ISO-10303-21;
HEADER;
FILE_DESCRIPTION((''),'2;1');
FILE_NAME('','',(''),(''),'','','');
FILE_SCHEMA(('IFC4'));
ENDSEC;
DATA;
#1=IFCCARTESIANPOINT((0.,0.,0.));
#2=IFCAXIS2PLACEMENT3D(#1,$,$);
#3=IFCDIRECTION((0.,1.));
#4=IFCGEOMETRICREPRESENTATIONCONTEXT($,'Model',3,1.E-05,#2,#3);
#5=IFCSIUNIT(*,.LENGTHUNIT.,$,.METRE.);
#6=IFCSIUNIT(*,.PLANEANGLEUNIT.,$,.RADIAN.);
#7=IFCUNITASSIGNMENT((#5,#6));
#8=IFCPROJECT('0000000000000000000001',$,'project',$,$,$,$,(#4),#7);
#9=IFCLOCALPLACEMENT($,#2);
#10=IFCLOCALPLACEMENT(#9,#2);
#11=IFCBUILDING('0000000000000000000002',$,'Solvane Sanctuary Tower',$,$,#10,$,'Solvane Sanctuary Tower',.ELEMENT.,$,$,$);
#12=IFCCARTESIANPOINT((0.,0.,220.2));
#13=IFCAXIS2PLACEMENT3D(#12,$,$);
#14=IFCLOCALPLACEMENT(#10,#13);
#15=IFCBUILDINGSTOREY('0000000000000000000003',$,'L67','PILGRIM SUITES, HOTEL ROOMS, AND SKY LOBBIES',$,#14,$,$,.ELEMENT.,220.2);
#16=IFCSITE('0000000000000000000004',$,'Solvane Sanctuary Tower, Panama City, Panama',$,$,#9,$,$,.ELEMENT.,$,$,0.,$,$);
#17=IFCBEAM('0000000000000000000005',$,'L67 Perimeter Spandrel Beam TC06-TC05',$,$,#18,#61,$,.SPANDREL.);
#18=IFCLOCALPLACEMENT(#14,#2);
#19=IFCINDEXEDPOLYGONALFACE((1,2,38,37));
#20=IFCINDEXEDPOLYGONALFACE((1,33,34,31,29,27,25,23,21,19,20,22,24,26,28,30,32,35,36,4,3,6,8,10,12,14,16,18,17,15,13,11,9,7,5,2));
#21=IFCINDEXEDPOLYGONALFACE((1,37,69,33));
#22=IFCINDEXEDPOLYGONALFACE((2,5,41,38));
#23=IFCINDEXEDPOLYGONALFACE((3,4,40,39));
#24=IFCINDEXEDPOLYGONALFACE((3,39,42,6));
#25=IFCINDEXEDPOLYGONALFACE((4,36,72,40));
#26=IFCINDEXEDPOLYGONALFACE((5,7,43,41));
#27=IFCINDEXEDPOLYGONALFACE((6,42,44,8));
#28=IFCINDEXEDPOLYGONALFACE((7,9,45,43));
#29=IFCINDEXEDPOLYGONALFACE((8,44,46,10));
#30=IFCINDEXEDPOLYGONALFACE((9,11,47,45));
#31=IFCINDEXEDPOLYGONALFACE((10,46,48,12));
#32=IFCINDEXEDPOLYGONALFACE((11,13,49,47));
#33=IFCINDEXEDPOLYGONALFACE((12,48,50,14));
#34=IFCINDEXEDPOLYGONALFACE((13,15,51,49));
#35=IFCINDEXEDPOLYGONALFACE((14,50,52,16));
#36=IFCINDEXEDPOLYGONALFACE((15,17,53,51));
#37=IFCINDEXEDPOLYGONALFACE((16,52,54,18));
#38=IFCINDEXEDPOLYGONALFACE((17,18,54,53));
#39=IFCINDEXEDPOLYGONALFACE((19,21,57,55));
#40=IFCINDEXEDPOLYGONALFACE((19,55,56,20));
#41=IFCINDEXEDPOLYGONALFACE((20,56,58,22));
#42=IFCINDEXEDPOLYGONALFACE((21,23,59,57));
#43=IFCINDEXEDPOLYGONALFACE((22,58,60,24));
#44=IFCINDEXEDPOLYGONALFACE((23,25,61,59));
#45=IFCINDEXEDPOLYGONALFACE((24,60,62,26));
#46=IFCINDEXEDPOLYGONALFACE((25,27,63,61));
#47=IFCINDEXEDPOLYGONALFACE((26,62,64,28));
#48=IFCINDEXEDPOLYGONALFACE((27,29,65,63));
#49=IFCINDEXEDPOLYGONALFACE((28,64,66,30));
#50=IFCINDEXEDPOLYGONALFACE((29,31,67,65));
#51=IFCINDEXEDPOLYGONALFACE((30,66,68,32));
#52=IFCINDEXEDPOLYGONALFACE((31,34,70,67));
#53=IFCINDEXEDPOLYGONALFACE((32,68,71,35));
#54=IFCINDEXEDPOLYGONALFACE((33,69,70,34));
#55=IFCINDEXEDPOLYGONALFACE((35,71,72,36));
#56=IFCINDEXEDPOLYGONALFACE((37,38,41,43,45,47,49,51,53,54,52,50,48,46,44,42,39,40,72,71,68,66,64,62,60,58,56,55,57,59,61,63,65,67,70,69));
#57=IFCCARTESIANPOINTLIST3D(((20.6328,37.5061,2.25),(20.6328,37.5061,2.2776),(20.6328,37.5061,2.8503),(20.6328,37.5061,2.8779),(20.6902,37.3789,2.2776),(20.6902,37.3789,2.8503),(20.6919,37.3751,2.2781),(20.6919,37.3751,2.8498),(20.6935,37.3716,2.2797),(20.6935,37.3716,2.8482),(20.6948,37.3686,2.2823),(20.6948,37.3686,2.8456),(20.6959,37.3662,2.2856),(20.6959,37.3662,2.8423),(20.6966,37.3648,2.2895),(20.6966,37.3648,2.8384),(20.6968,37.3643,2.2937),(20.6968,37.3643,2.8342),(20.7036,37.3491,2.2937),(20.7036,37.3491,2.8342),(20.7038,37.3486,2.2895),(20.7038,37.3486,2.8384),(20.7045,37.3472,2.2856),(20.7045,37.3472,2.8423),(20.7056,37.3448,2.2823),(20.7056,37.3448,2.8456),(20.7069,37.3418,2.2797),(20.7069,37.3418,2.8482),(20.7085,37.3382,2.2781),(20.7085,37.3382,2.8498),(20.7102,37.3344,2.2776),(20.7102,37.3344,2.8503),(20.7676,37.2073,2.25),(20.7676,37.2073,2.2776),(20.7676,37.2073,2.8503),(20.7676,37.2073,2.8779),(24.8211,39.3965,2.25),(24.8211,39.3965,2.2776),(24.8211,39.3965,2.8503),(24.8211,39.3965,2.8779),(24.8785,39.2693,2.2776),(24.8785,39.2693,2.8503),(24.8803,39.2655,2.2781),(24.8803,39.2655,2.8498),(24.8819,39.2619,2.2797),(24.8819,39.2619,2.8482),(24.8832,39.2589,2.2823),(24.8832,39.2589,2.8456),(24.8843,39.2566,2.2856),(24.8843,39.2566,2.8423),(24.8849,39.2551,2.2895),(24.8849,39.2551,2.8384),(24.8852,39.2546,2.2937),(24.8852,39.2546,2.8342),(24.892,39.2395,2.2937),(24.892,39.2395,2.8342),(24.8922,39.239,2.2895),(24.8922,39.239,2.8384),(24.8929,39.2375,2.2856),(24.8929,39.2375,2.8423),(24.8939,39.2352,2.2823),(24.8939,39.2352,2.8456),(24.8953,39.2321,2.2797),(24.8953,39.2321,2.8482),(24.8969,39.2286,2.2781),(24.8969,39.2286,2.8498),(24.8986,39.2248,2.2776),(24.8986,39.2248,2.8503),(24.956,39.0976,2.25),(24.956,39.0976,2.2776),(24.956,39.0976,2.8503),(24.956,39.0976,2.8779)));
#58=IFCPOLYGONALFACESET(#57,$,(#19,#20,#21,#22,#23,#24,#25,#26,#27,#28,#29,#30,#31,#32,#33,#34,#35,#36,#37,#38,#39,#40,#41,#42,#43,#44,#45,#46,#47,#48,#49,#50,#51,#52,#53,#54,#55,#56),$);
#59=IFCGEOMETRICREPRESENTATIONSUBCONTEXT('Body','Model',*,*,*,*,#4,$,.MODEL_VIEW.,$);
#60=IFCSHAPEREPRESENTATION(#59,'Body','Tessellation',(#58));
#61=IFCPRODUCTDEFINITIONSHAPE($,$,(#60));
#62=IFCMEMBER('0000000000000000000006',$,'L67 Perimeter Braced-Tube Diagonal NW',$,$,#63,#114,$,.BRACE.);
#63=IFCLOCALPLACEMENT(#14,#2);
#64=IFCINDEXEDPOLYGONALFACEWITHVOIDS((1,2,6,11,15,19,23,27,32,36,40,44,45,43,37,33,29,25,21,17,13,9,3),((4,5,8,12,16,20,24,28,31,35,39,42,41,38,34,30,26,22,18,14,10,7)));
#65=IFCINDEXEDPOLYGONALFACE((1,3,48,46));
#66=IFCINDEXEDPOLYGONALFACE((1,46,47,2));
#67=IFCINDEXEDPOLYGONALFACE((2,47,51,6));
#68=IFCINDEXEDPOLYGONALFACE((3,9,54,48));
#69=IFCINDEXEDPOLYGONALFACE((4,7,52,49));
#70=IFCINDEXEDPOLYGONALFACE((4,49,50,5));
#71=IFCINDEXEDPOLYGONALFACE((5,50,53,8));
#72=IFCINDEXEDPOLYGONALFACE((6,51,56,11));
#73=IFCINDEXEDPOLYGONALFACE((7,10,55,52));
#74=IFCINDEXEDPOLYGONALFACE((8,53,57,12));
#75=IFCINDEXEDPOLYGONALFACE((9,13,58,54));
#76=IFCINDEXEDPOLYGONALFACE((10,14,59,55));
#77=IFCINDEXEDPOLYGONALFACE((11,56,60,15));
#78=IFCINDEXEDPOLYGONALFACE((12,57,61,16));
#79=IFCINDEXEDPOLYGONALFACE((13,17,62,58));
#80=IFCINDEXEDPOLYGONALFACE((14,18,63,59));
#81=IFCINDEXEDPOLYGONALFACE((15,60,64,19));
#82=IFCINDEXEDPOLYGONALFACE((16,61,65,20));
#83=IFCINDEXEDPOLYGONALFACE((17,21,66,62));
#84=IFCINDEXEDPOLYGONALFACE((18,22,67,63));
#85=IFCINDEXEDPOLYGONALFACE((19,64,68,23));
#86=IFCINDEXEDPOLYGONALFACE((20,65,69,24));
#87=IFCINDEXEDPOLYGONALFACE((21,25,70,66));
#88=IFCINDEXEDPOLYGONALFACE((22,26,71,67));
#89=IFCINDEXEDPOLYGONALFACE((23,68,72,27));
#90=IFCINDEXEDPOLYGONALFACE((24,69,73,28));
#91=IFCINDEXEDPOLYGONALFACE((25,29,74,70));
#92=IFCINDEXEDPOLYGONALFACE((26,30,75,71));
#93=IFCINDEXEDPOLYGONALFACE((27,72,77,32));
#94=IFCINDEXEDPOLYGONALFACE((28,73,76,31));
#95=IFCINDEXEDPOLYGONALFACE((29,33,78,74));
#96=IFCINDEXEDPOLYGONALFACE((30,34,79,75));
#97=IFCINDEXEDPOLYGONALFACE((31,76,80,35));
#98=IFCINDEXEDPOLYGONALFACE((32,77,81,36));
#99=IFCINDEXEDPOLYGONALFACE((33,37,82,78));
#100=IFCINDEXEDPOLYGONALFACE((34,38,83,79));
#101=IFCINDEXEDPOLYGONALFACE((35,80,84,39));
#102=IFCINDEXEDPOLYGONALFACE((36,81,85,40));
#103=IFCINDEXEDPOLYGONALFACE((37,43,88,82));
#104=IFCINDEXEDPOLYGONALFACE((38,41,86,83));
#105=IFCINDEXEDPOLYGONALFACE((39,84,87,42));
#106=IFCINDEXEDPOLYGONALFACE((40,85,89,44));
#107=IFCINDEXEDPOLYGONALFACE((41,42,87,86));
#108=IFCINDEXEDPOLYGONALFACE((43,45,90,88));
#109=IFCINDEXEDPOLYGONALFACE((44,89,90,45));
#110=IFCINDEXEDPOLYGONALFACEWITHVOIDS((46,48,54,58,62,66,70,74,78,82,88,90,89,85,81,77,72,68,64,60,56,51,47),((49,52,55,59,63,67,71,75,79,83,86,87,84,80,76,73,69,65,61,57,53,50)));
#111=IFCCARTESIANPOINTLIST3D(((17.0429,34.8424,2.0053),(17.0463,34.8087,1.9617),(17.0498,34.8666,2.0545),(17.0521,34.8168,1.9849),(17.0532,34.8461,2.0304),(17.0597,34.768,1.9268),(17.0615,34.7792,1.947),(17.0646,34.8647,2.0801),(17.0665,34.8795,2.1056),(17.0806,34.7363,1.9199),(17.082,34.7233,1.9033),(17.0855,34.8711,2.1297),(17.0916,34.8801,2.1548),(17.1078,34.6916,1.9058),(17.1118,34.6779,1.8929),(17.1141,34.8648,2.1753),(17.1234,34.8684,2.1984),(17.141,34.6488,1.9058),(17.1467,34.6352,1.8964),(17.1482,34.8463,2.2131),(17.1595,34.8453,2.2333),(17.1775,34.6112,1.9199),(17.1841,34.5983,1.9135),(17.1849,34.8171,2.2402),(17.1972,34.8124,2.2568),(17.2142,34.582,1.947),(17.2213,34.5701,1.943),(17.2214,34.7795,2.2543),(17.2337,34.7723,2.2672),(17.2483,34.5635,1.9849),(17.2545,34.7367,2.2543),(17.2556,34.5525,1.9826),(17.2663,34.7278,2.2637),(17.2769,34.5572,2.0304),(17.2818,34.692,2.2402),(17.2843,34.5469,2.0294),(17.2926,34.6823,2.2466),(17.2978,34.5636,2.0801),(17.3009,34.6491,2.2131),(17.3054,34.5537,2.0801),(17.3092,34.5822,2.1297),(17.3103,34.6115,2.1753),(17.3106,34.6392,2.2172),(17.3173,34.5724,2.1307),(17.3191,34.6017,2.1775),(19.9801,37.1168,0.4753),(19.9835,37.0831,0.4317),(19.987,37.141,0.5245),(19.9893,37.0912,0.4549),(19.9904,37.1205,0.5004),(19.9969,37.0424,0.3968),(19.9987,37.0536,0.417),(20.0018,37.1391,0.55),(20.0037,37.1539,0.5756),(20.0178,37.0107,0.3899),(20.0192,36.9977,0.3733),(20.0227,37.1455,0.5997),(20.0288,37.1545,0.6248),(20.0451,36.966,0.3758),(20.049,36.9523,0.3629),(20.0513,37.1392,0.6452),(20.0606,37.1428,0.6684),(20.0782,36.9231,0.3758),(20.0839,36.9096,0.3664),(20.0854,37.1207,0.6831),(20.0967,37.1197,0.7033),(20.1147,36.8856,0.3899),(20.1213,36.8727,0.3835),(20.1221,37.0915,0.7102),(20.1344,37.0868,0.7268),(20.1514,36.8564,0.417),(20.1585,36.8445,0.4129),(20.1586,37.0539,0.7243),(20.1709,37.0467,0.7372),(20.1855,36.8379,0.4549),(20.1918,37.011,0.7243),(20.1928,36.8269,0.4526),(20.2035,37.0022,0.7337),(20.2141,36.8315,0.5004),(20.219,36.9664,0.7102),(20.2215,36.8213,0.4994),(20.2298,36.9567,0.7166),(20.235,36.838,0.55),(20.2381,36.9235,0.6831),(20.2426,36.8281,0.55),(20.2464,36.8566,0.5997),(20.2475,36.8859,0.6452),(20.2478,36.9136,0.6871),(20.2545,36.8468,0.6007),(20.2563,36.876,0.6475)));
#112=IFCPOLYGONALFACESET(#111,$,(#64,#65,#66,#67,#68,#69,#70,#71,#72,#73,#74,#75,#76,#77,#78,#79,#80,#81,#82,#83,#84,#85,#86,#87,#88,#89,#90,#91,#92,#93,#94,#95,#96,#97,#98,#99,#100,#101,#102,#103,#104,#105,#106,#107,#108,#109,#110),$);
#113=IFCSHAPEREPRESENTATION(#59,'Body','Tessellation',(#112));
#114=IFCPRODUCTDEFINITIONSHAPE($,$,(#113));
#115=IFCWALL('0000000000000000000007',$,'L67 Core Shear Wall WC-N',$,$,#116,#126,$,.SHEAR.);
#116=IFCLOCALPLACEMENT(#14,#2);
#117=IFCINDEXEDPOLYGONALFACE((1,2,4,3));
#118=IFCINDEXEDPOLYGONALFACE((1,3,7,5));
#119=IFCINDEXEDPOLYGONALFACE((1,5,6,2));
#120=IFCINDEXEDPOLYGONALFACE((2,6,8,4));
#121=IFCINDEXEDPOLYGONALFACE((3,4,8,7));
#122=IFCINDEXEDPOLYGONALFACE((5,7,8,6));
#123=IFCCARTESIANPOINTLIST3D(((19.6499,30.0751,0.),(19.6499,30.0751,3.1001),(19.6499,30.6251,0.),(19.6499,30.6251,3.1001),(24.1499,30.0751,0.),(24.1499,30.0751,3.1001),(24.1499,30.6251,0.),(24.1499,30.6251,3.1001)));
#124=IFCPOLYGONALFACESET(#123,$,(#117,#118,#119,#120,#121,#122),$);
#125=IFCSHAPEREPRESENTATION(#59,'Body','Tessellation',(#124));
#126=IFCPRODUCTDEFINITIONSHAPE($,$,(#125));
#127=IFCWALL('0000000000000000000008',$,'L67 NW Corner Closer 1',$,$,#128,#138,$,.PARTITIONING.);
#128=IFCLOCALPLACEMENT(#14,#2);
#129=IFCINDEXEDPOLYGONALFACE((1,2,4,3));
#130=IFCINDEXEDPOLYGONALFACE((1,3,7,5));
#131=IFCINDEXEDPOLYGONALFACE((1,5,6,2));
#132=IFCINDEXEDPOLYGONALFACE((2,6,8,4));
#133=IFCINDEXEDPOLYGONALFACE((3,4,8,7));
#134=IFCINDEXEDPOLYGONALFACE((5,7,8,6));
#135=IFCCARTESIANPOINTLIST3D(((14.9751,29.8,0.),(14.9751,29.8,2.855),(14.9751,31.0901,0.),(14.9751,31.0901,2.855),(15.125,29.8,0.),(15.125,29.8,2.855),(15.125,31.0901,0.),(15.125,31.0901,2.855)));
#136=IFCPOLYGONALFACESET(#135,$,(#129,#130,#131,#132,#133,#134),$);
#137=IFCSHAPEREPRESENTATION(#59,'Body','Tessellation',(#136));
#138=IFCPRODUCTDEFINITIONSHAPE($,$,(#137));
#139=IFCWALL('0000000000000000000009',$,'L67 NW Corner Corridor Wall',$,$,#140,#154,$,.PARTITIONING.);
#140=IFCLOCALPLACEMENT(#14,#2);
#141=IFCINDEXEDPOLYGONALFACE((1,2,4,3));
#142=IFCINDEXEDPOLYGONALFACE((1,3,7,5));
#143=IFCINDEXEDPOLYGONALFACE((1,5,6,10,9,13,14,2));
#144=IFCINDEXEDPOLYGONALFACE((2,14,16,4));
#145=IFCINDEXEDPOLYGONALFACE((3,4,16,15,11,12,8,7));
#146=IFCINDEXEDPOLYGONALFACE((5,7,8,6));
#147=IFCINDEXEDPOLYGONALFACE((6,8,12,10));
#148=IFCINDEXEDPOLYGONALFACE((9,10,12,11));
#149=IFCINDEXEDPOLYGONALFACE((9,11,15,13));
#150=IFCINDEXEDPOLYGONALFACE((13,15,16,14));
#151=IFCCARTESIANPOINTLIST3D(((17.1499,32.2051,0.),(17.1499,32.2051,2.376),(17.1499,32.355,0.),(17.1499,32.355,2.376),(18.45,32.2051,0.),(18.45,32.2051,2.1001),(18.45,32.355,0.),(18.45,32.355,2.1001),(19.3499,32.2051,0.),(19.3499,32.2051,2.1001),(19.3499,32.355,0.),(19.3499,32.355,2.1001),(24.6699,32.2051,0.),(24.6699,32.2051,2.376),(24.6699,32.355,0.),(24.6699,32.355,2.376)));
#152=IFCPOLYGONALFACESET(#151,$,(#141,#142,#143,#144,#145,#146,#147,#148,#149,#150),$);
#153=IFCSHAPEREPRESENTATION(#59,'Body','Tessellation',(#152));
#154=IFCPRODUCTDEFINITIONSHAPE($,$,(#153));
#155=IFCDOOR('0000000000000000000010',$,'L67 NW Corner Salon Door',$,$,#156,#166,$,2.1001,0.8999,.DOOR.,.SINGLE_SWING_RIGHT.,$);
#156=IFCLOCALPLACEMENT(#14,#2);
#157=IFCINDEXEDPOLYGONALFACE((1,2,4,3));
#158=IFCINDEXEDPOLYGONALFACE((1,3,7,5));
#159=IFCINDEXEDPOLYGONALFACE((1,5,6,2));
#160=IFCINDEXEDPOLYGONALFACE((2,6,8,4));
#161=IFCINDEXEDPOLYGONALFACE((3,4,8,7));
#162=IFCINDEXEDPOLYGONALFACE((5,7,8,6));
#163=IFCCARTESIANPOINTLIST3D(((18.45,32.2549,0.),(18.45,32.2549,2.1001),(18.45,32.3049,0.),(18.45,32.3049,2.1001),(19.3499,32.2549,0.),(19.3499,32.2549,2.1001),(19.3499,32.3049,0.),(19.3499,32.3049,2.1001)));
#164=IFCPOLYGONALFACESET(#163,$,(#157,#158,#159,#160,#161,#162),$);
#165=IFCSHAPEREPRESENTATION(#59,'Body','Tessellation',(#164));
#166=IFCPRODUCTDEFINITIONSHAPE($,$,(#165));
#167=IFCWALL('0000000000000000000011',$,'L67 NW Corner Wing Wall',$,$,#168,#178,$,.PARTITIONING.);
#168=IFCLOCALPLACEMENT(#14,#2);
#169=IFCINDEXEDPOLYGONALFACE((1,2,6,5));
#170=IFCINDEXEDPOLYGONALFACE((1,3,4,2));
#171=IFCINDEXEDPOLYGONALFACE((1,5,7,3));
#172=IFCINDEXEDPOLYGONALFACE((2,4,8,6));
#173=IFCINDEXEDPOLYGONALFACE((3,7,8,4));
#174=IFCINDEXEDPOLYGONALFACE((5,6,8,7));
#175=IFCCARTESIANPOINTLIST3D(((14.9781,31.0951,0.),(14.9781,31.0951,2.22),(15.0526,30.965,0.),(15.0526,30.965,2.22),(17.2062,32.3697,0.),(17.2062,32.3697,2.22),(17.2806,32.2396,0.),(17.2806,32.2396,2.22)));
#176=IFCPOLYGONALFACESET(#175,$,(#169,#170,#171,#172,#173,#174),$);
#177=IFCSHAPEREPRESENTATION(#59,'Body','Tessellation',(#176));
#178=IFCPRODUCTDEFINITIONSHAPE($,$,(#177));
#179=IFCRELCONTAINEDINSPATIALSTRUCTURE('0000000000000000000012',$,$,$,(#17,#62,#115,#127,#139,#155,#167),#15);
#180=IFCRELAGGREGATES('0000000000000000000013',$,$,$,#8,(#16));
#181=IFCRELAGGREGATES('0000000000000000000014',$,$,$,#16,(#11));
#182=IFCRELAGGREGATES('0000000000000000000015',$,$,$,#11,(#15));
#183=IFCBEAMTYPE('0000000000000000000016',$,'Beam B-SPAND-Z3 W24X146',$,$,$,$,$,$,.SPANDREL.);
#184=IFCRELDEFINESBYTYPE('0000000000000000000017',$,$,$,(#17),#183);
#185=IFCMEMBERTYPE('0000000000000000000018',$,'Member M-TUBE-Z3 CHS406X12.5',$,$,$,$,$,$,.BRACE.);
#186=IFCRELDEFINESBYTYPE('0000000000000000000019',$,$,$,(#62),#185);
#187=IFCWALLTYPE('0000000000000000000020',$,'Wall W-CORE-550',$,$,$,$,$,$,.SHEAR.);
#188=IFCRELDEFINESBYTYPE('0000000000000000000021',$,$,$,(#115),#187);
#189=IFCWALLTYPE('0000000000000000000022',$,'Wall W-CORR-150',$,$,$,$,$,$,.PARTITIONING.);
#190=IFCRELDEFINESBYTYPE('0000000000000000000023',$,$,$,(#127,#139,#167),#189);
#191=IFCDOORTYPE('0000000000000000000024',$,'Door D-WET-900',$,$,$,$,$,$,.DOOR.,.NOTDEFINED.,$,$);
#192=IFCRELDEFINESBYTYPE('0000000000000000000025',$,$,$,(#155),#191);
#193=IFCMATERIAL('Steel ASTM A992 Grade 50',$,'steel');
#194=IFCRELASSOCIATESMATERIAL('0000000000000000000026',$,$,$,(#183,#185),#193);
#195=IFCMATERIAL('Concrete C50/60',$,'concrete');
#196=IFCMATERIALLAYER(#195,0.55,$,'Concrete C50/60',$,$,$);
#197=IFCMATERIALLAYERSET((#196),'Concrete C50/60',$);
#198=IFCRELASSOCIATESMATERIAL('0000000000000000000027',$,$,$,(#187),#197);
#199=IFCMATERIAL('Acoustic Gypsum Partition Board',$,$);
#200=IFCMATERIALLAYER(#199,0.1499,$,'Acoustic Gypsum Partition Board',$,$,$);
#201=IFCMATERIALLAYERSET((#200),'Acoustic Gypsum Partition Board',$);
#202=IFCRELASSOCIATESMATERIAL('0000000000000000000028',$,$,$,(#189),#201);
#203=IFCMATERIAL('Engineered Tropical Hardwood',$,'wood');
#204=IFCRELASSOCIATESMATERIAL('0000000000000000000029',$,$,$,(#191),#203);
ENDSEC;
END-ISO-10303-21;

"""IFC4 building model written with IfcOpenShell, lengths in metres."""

from ifc_helpers import new_model, si_unit, direction, frame, frame_2d, origin, origin_2d, place, context, subcontext, project, spatial, rectangle, hollow_circle, i_section, extrude, material, layer, layer_set, material_profile, profile_set, type_object, element, fill, save


model = new_model("IFC4")

# Units and contexts
model_context = context("Model", 3, precision=1e-05, world=origin(), true_north=direction((0.0, 1.0)))
body_context = subcontext(model_context, "Body", "Model", "MODEL_VIEW")
ifc_project = project(units=[si_unit("LENGTHUNIT", "METRE"), si_unit("PLANEANGLEUNIT", "RADIAN")], contexts=[model_context])

# Site, building, storey
site_placement = place(None, origin())
site = spatial("IfcSite", under=ifc_project, at=site_placement, Name="Solvane Sanctuary Tower, Panama City, Panama", CompositionType="ELEMENT", RefElevation=0.0)
building_placement = place(site_placement, origin())
building = spatial("IfcBuilding", under=site, at=building_placement, Name="Solvane Sanctuary Tower", LongName="Solvane Sanctuary Tower", CompositionType="ELEMENT")
storey_placement = place(building_placement, frame((0.0, 0.0, 220.2)))
storey = spatial("IfcBuildingStorey", under=building, at=storey_placement, Name="L67", Description="PILGRIM SUITES, HOTEL ROOMS, AND SKY LOBBIES", CompositionType="ELEMENT", Elevation=220.2)

# Shared definitions
ifc_material_1 = material(Name="Concrete C50/60", Category="concrete")

# Beam
ifc_material_2 = material(Name="Steel ASTM A992 Grade 50", Category="steel")
ifc_material_profile_1 = material_profile(ifc_material_2, i_section(OverallWidth=0.3279, OverallDepth=0.6279, WebThickness=0.0166, FlangeThickness=0.0276, FilletRadius=0.0161, at=origin_2d()), Name="W24X146")
ifc_profile_set_1 = profile_set([ifc_material_profile_1], Name="Steel ASTM A992 Grade 50")
beam_type_1 = type_object("IfcBeamType", Name="Beam B-SPAND-Z3 W24X146", PredefinedType="SPANDREL", material=ifc_profile_set_1)
beam_1_placement = place(storey_placement, frame((20.7002, 37.3567, 2.564), z_axis=(0.911468, 0.411372, 0.0), x_axis=(-0.411372, 0.911468, 0.0)))
element("IfcBeam", 1, at=beam_1_placement, inside=storey, type_object=beam_type_1, Name="L67 Perimeter Spandrel Beam TC06-TC05", PredefinedType="SPANDREL", context=body_context, shape_type="SweptSolid", body=[
    extrude(i_section(OverallWidth=0.3279, OverallDepth=0.6279, WebThickness=0.0166, FlangeThickness=0.0276, FilletRadius=0.0161, at=origin_2d()), origin(), (0.0, 0.0, 1.0), 4.5952),
])

# Member
ifc_material_profile_2 = material_profile(ifc_material_2, hollow_circle(Radius=0.2029, WallThickness=0.0125, at=origin_2d()), Name="CHS406X12.5")
ifc_profile_set_2 = profile_set([ifc_material_profile_2], Name="Steel ASTM A992 Grade 50")
member_type = type_object("IfcMemberType", Name="Member M-TUBE-Z3 CHS406X12.5", PredefinedType="BRACE", material=ifc_profile_set_2)
member_placement = place(storey_placement, frame((20.1184, 36.9885, 0.55), z_axis=(-0.73109, -0.566107, 0.380828), x_axis=(0.612242, -0.79067, 0.0)))
element("IfcMember", 2, at=member_placement, inside=storey, type_object=member_type, Name="L67 Perimeter Braced-Tube Diagonal NW", PredefinedType="BRACE", context=body_context, shape_type="SweptSolid", body=[
    extrude(hollow_circle(Radius=0.2029, WallThickness=0.0125, at=origin_2d()), origin(), (0.0, 0.0, 1.0), 4.0176),
])

# Walls
ifc_layer_1 = layer(ifc_material_1, 0.55, Name="Concrete C50/60")
ifc_layer_set_1 = layer_set([ifc_layer_1], Name="Concrete C50/60")
wall_type_1 = type_object("IfcWallType", Name="Wall W-CORE-550", PredefinedType="SHEAR", material=ifc_layer_set_1)
wall_1_placement = place(storey_placement, frame((19.6499, 30.3501, 0.0), z_axis=(0.0, 0.0, 1.0), x_axis=(1.0, 0.0, 0.0)))
element("IfcWall", 3, at=wall_1_placement, inside=storey, type_object=wall_type_1, Name="L67 Core Shear Wall WC-N", PredefinedType="SHEAR", context=body_context, shape_type="SweptSolid", body=[
    extrude(rectangle(XDim=4.5, YDim=0.55, at=frame_2d((2.25, 0.0))), origin(), (0.0, 0.0, 1.0), 3.1001),
])
ifc_material_3 = material(Name="Acoustic Gypsum Partition Board")
ifc_layer_2 = layer(ifc_material_3, 0.1499, Name="Acoustic Gypsum Partition Board")
ifc_layer_set_2 = layer_set([ifc_layer_2], Name="Acoustic Gypsum Partition Board")
wall_type_2 = type_object("IfcWallType", Name="Wall W-CORR-150", PredefinedType="PARTITIONING", material=ifc_layer_set_2)
wall_2_placement = place(storey_placement, frame((15.05, 29.8, 0.0), z_axis=(0.0, 0.0, 1.0), x_axis=(0.0, 1.0, 0.0)))
element("IfcWall", 4, at=wall_2_placement, inside=storey, type_object=wall_type_2, Name="L67 NW Corner Closer 1", PredefinedType="PARTITIONING", context=body_context, shape_type="SweptSolid", body=[
    extrude(rectangle(XDim=1.29, YDim=0.1499, at=frame_2d((0.645, 0.0))), origin(), (0.0, 0.0, 1.0), 2.855),
])

# Wall, opening, door
wall_3_placement = place(storey_placement, frame((17.1499, 32.28, 0.0), z_axis=(0.0, 0.0, 1.0), x_axis=(1.0, 0.0, 0.0)))
wall_3 = element("IfcWall", 5, at=wall_3_placement, inside=storey, type_object=wall_type_2, Name="L67 NW Corner Corridor Wall", PredefinedType="PARTITIONING", context=body_context, shape_type="SweptSolid", body=[
    extrude(rectangle(XDim=7.52, YDim=0.1499, at=frame_2d((3.76, 0.0))), origin(), (0.0, 0.0, 1.0), 2.376),
])
opening_1_placement = place(wall_3_placement, frame((1.3, 0.0, 0.0)))
opening_1 = element("IfcOpeningElement", 6, at=opening_1_placement, cuts=wall_3, PredefinedType="OPENING", context=body_context, shape_type="SweptSolid", body=[
    extrude(rectangle(XDim=0.8999, YDim=2.1001, at=frame_2d((0.45, 1.05))), frame((0.0, 0.085, 0.0), z_axis=(0.0, -1.0, 0.0), x_axis=(1.0, 0.0, 0.0)), (0.0, 0.0, 1.0), 0.1699),
])
ifc_material_4 = material(Name="Engineered Tropical Hardwood", Category="wood")
door_type_1 = type_object("IfcDoorType", Name="Door D-WET-900", OperationType="NOTDEFINED", PredefinedType="DOOR", material=ifc_material_4)
door_1_placement = place(opening_1_placement, origin())
door_1 = element("IfcDoor", 7, at=door_1_placement, inside=storey, type_object=door_type_1, Name="L67 NW Corner Salon Door", OperationType="SINGLE_SWING_RIGHT", OverallHeight=2.1001, OverallWidth=0.8999, PredefinedType="DOOR", context=body_context, shape_type="SweptSolid", body=[
    extrude(rectangle(XDim=0.8999, YDim=2.1001, at=frame_2d((0.45, 1.05))), frame((0.0, 0.0249, 0.0), z_axis=(0.0, -1.0, 0.0), x_axis=(1.0, 0.0, 0.0)), (0.0, 0.0, 1.0), 0.05),
])
fill(opening_1, door_1)

# Wall
wall_4_placement = place(storey_placement, frame((17.2434, 32.3047, 0.0), z_axis=(0.0, 0.0, 1.0), x_axis=(-0.867991, -0.496579, 0.0)))
element("IfcWall", 8, at=wall_4_placement, inside=storey, type_object=wall_type_2, Name="L67 NW Corner Wing Wall", PredefinedType="PARTITIONING", context=body_context, shape_type="SweptSolid", body=[
    extrude(rectangle(XDim=2.5669, YDim=0.1499, at=frame_2d((1.2834, 0.0))), origin(), (0.0, 0.0, 1.0), 2.22),
])

save(model, "model.ifc")
